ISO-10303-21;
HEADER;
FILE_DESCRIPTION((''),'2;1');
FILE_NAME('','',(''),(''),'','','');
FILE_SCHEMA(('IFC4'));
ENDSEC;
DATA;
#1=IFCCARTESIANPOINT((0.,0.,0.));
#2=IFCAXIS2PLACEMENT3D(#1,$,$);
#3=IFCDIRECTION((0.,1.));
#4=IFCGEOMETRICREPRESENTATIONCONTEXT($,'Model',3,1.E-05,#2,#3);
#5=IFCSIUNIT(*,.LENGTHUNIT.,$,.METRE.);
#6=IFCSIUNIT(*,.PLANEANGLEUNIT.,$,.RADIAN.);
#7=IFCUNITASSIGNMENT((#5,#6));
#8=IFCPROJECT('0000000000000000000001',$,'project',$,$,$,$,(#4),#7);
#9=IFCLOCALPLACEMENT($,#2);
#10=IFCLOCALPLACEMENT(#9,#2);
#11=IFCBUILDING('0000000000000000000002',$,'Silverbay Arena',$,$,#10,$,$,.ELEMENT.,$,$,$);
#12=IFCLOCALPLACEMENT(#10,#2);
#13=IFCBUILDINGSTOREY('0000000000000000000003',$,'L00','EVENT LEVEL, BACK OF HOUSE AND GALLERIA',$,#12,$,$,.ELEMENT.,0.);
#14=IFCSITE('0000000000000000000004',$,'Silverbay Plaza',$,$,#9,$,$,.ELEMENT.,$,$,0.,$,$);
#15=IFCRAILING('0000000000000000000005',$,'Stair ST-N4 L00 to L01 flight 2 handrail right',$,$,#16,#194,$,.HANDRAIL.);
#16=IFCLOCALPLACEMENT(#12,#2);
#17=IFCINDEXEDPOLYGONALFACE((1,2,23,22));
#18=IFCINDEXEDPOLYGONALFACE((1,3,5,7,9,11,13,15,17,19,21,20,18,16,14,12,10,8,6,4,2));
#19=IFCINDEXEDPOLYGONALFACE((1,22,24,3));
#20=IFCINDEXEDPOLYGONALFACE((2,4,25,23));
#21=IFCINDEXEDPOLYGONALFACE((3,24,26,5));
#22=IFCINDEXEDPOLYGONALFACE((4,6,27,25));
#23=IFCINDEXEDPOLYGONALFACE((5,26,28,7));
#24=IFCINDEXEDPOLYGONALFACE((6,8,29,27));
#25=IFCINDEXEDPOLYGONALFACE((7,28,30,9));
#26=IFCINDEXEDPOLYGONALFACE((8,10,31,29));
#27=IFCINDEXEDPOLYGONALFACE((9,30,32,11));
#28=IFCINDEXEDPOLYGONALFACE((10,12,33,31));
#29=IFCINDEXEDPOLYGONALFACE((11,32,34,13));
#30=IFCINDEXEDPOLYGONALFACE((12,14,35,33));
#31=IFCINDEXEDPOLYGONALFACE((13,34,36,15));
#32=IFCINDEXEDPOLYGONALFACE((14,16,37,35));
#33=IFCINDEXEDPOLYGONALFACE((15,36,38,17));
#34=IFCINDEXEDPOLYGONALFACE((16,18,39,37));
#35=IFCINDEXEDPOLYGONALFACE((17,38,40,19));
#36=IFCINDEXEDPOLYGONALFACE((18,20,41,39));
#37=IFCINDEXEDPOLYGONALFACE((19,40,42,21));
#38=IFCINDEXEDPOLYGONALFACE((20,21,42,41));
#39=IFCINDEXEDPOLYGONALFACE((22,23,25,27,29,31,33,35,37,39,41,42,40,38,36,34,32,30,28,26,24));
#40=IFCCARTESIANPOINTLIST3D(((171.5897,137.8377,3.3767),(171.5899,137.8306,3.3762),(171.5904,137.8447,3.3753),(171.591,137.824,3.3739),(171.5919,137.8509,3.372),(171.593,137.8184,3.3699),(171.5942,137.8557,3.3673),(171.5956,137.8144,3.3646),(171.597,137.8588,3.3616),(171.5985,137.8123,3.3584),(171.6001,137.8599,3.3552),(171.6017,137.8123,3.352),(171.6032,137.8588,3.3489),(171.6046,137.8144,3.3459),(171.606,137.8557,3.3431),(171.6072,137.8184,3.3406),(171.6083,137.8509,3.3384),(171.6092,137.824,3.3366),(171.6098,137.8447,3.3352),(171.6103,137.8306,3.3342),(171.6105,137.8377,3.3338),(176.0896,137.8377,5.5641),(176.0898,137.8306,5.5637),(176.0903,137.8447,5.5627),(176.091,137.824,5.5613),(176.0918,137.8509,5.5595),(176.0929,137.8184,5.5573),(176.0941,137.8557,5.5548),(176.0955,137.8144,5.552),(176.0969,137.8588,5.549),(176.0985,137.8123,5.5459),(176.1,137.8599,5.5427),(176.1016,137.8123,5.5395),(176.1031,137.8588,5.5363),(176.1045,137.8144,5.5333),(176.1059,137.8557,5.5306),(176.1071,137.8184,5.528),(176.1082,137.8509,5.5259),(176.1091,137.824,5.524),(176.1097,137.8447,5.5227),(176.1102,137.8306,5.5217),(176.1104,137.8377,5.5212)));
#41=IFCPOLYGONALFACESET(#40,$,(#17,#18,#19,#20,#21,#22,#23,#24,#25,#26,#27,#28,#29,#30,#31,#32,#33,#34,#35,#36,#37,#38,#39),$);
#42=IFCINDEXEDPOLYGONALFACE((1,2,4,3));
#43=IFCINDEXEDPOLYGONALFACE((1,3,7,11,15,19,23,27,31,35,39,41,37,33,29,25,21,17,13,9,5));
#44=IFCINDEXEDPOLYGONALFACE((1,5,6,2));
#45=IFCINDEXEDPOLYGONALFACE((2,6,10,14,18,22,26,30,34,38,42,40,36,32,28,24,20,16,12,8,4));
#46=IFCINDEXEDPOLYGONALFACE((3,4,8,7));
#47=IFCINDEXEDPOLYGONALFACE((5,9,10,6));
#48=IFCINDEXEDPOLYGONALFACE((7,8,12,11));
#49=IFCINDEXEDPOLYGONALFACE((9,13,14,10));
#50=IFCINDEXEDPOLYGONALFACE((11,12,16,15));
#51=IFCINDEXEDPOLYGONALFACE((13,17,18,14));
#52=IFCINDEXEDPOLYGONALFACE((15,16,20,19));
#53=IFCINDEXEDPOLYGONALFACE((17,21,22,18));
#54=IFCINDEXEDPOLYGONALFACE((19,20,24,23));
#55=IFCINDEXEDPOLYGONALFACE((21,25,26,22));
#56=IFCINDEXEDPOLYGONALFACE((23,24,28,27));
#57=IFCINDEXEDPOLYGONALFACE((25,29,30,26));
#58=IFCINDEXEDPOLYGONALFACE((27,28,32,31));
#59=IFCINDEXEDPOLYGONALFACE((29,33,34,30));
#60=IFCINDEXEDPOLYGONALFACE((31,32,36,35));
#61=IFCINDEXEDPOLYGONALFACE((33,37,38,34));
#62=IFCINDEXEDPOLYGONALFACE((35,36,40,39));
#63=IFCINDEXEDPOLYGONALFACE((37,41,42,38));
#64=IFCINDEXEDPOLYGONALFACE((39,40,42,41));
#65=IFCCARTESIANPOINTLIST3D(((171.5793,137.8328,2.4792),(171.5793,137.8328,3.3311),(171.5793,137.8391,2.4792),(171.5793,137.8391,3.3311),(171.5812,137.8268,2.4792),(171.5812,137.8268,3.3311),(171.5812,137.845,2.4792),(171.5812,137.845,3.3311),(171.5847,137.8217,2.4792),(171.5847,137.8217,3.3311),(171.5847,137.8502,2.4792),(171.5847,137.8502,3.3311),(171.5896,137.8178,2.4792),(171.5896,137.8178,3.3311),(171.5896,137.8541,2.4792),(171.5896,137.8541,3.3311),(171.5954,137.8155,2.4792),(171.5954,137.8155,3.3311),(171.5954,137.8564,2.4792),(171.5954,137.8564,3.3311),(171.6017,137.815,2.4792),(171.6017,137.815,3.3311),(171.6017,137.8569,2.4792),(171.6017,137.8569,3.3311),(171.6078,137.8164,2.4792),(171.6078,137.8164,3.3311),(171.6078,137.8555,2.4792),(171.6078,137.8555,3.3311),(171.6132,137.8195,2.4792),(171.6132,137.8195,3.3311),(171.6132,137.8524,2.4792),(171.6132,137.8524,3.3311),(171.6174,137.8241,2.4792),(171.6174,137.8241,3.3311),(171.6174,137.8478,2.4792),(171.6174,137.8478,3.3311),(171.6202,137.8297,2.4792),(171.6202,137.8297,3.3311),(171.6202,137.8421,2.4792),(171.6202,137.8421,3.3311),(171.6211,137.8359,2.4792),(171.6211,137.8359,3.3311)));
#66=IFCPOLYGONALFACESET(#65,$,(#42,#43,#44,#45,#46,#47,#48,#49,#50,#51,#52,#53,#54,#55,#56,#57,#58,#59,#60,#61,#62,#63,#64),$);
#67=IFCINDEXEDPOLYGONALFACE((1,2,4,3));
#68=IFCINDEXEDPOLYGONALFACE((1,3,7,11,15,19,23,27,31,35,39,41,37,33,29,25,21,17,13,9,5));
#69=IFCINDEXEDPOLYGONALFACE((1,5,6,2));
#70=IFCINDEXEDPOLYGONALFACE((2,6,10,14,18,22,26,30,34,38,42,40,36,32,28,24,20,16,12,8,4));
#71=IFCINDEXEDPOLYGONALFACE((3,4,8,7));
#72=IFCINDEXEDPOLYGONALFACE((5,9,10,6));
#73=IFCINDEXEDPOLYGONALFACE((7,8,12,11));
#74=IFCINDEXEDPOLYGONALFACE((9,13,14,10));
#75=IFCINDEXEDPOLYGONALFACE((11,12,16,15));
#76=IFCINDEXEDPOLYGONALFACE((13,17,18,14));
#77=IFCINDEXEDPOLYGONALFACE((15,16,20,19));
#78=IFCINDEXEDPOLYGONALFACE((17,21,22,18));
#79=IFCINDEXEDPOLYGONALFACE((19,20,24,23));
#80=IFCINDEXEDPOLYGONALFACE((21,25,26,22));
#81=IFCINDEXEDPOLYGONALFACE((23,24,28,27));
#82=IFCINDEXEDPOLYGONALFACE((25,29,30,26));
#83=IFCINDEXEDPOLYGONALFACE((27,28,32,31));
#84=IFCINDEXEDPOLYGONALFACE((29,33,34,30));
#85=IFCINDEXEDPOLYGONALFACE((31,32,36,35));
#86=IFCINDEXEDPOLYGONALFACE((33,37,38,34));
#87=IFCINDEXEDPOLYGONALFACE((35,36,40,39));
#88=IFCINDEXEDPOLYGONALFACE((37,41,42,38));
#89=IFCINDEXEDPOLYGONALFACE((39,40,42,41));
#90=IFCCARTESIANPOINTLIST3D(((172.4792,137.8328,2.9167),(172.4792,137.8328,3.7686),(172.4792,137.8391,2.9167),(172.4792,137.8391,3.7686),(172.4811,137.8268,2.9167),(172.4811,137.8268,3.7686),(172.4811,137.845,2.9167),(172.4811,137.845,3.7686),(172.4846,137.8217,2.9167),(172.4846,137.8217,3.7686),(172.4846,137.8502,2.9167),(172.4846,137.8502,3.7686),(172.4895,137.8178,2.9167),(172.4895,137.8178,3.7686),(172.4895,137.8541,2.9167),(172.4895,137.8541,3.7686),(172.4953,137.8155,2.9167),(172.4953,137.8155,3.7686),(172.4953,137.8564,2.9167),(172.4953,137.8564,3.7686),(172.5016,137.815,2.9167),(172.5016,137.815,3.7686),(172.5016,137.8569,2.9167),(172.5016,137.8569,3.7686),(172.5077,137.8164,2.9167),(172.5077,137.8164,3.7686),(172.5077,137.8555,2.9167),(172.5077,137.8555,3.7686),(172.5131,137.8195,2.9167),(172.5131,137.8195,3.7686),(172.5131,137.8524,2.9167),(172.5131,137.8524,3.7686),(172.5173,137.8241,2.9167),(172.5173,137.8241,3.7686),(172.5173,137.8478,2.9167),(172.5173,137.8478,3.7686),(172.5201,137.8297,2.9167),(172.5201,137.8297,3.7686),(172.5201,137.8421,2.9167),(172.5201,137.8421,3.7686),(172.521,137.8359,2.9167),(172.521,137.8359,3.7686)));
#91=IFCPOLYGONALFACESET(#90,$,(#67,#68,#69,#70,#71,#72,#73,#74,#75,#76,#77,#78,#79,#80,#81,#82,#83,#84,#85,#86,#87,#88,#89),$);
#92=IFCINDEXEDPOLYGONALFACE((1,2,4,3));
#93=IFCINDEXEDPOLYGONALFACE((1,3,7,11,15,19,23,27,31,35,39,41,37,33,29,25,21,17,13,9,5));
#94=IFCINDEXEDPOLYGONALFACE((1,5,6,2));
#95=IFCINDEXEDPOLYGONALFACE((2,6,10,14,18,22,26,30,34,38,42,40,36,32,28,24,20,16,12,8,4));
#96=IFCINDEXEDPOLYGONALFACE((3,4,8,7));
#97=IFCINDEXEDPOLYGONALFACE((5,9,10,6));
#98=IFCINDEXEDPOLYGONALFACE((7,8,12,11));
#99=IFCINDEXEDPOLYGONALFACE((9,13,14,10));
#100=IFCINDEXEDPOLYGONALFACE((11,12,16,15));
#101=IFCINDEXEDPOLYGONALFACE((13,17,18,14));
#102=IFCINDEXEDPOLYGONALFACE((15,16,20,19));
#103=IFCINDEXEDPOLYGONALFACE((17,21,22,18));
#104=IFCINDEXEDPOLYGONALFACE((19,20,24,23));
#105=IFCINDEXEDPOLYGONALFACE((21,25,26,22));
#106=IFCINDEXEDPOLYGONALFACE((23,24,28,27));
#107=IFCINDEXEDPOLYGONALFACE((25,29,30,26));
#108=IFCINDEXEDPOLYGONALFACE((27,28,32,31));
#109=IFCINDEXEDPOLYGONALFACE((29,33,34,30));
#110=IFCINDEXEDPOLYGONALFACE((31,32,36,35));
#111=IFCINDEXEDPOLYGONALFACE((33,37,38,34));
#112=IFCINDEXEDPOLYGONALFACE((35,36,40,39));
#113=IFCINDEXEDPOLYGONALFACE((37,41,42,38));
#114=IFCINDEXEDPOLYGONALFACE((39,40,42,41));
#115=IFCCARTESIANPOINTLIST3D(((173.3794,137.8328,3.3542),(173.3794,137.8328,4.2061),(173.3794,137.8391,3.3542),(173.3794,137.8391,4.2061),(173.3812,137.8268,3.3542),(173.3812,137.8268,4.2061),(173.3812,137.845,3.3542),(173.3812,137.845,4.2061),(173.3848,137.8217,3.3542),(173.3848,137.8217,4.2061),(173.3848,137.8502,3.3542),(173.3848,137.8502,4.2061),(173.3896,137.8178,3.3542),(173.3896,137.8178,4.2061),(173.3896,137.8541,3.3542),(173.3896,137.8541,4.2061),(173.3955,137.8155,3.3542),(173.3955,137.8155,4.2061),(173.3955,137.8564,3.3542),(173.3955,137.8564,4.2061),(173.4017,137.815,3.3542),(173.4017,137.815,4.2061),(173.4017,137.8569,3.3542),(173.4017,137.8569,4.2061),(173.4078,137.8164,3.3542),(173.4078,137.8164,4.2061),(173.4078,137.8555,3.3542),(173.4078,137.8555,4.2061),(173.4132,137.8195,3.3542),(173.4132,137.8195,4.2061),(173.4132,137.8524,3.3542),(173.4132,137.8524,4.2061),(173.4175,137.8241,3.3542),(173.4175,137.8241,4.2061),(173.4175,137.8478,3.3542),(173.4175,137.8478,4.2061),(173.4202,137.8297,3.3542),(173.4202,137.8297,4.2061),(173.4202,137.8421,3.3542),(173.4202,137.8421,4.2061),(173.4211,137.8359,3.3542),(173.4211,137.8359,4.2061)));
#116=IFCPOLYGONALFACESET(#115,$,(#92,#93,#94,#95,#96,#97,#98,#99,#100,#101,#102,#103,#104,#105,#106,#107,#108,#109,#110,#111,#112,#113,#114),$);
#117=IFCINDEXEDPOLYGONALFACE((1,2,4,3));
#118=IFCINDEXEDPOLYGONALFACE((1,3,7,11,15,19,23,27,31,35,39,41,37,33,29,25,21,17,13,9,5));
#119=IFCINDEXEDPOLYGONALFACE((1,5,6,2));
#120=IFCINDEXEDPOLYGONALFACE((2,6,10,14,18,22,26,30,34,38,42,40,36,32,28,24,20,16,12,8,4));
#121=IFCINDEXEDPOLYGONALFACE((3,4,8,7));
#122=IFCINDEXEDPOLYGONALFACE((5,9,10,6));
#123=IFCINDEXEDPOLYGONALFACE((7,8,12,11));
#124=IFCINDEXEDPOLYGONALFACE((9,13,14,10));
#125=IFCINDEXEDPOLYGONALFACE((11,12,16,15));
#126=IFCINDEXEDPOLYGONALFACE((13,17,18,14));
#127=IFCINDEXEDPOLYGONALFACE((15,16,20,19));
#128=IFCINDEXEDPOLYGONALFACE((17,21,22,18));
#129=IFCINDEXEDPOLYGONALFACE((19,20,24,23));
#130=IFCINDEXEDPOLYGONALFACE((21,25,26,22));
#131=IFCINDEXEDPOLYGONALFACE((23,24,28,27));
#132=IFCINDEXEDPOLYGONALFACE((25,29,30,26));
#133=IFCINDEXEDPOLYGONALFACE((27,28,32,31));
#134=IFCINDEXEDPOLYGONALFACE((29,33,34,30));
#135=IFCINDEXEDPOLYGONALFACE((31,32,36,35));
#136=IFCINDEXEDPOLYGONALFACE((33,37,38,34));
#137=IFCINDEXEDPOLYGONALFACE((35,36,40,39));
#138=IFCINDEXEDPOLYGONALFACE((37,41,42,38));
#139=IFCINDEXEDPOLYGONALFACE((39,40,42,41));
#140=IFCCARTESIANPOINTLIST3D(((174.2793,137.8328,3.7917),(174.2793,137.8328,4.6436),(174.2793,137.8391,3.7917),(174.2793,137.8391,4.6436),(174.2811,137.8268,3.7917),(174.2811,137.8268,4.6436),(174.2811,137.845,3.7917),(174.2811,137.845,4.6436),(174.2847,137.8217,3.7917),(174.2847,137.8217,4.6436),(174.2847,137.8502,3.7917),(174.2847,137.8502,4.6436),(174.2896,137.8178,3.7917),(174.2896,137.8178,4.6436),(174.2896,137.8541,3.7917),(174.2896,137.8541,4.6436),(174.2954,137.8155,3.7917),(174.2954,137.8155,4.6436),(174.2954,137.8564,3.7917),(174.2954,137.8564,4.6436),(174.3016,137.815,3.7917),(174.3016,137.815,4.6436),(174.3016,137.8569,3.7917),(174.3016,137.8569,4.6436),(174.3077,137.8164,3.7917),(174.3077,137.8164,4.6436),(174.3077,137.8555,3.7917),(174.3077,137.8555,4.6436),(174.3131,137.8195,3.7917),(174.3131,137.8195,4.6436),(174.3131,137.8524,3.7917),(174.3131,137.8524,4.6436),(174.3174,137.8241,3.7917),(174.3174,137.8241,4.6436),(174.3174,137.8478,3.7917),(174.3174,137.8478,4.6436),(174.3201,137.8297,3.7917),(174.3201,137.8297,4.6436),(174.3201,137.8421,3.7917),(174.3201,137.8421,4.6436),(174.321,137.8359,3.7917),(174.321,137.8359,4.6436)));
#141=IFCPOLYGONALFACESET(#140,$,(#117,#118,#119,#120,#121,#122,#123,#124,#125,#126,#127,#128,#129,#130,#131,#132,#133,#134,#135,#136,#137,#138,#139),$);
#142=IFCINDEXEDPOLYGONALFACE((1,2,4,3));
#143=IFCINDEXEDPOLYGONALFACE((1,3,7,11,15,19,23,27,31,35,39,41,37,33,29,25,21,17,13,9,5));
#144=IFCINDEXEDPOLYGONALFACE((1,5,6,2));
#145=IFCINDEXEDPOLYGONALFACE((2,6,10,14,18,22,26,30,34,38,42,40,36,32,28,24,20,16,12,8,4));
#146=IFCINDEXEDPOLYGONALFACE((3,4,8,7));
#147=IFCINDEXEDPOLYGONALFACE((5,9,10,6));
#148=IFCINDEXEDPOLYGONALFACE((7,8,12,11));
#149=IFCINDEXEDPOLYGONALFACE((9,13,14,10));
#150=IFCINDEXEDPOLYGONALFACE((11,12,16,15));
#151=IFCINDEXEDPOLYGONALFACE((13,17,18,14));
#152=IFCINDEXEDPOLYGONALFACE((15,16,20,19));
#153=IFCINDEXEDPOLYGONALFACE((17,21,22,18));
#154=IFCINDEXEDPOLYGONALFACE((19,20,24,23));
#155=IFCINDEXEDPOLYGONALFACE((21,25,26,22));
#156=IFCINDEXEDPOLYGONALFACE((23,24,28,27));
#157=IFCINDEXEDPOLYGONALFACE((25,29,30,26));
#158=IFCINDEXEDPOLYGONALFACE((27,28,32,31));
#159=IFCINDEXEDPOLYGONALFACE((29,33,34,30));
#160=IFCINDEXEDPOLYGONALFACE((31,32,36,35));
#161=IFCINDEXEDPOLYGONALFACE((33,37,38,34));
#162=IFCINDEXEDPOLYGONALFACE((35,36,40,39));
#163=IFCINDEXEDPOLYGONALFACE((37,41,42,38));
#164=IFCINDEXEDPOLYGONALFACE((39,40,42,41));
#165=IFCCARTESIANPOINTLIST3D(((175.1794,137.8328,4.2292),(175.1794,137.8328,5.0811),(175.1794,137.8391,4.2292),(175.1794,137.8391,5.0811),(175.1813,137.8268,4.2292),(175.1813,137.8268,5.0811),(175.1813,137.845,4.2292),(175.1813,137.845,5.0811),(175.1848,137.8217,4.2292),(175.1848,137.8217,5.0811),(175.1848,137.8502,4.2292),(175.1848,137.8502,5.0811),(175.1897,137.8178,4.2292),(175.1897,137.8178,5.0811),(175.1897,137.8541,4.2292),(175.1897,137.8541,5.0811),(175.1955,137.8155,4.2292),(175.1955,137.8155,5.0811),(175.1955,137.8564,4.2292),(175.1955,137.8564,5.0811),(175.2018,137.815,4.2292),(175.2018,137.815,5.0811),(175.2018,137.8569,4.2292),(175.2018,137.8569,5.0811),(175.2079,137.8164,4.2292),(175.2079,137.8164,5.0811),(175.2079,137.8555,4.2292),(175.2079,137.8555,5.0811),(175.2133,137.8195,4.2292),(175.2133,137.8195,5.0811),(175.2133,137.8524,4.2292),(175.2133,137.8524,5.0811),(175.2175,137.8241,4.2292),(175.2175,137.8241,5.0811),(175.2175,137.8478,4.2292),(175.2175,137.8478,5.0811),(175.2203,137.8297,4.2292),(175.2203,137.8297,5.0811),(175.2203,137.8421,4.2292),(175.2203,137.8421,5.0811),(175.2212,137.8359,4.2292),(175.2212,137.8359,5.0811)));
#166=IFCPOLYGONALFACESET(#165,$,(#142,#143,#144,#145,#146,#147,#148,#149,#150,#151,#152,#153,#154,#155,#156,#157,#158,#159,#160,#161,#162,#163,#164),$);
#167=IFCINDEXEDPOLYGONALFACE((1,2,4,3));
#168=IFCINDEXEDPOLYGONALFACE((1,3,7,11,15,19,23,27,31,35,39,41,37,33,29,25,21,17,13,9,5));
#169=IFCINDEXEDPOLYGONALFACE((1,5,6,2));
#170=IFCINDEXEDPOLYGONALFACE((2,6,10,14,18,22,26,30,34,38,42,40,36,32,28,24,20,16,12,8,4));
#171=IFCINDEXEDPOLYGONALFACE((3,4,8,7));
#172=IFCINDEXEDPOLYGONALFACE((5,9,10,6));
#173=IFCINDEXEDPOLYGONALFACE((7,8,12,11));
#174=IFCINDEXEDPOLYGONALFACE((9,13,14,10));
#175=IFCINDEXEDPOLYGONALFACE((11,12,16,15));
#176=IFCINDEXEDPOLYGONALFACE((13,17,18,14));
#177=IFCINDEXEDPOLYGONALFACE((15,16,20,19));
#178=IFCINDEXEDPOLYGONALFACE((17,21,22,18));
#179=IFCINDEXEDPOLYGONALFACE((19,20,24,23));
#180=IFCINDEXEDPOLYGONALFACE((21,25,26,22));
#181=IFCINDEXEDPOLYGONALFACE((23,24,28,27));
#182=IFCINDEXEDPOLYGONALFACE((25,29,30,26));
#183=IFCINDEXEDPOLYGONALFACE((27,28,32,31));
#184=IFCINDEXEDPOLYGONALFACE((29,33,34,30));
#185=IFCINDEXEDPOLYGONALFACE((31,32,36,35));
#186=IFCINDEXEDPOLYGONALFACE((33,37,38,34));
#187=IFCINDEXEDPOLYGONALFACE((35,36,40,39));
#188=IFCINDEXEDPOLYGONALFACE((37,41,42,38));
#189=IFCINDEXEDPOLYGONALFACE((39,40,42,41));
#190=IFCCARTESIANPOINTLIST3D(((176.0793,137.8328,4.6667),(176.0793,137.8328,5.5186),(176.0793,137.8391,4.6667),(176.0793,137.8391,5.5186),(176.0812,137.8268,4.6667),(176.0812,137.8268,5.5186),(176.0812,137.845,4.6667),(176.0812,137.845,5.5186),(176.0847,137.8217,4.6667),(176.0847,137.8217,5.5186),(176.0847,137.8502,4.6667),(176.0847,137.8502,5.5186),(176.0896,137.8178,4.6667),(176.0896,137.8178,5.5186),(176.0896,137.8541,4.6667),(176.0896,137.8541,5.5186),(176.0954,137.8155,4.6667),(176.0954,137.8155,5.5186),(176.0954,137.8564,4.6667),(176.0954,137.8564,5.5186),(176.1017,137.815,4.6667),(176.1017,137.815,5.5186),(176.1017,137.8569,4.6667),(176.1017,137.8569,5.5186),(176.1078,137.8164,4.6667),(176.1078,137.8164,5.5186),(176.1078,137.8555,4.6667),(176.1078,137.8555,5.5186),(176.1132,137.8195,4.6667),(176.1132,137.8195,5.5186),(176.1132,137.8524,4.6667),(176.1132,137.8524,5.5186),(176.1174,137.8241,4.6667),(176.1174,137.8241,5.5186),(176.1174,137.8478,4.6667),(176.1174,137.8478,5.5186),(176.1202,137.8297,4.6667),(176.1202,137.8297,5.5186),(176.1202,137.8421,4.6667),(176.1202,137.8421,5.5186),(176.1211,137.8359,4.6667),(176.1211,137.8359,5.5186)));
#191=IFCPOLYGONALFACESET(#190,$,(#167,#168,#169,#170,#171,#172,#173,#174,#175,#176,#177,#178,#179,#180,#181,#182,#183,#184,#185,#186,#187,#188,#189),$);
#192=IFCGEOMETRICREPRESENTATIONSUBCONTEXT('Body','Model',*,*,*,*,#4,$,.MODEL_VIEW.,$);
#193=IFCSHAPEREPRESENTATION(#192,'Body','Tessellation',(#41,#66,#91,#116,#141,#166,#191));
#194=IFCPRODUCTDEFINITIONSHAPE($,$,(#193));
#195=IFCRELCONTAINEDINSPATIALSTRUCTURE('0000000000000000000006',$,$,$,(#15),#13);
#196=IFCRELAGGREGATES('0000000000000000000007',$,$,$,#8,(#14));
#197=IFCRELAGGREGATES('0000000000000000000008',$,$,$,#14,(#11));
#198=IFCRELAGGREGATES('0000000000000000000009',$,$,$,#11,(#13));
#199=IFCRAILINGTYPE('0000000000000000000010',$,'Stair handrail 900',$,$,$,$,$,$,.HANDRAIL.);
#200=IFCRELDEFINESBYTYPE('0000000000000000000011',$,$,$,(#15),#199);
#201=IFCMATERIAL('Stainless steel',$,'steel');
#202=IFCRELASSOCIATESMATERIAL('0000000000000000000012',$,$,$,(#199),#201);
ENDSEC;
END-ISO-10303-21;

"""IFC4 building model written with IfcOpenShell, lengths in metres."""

from ifc_helpers import new_model, si_unit, direction, frame, origin, origin_2d, place, context, subcontext, project, spatial, circle, extrude, material, type_object, element, save


model = new_model("IFC4")

# Units and contexts
model_context = context("Model", 3, precision=1e-05, world=origin(), true_north=direction((0.0, 1.0)))
body_context = subcontext(model_context, "Body", "Model", "MODEL_VIEW")
ifc_project = project(units=[si_unit("LENGTHUNIT", "METRE"), si_unit("PLANEANGLEUNIT", "RADIAN")], contexts=[model_context])

# Site, building, storey
site_placement = place(None, origin())
site = spatial("IfcSite", under=ifc_project, at=site_placement, Name="Silverbay Plaza", CompositionType="ELEMENT", RefElevation=0.0)
building_placement = place(site_placement, origin())
building = spatial("IfcBuilding", under=site, at=building_placement, Name="Silverbay Arena", CompositionType="ELEMENT")
storey_placement = place(building_placement, origin())
storey = spatial("IfcBuildingStorey", under=building, at=storey_placement, Name="L00", Description="EVENT LEVEL, BACK OF HOUSE AND GALLERIA", CompositionType="ELEMENT", Elevation=0.0)

# Railing
ifc_material_1 = material(Name="Stainless steel", Category="steel")
railing_type_1 = type_object("IfcRailingType", Name="Stair handrail 900", PredefinedType="HANDRAIL", material=ifc_material_1)
for number, where, name in (
    (1, (171.6001, 137.8359, 2.4792), "Stair ST-N4 L00 to L01 flight 2 handrail right"),
):
    element("IfcRailing", number, at=place(storey_placement, frame(where)), inside=storey, type_object=railing_type_1, Name=name, PredefinedType="HANDRAIL", context=body_context, shape_type="SweptSolid", body=[
        extrude(circle(Radius=0.0239, at=origin_2d()), frame((0.0, 0.0, 0.876), z_axis=(0.899368, 0.0, 0.437193), x_axis=(0.0, 1.0, 0.0)), (0.0, 0.0, 1.0), 5.0034),
        extrude(circle(Radius=0.021, at=origin_2d()), origin(), (0.0, 0.0, 1.0), 0.8518),
        extrude(circle(Radius=0.021, at=origin_2d()), frame((0.8999, 0.0, 0.4375)), (0.0, 0.0, 1.0), 0.8518),
        extrude(circle(Radius=0.021, at=origin_2d()), frame((1.8, 0.0, 0.875)), (0.0, 0.0, 1.0), 0.8518),
        extrude(circle(Radius=0.021, at=origin_2d()), frame((2.7, 0.0, 1.3125)), (0.0, 0.0, 1.0), 0.8518),
        extrude(circle(Radius=0.021, at=origin_2d()), frame((3.6001, 0.0, 1.75)), (0.0, 0.0, 1.0), 0.8518),
        extrude(circle(Radius=0.021, at=origin_2d()), frame((4.5, 0.0, 2.1875)), (0.0, 0.0, 1.0), 0.8518),
    ])

save(model, "model.ifc")
